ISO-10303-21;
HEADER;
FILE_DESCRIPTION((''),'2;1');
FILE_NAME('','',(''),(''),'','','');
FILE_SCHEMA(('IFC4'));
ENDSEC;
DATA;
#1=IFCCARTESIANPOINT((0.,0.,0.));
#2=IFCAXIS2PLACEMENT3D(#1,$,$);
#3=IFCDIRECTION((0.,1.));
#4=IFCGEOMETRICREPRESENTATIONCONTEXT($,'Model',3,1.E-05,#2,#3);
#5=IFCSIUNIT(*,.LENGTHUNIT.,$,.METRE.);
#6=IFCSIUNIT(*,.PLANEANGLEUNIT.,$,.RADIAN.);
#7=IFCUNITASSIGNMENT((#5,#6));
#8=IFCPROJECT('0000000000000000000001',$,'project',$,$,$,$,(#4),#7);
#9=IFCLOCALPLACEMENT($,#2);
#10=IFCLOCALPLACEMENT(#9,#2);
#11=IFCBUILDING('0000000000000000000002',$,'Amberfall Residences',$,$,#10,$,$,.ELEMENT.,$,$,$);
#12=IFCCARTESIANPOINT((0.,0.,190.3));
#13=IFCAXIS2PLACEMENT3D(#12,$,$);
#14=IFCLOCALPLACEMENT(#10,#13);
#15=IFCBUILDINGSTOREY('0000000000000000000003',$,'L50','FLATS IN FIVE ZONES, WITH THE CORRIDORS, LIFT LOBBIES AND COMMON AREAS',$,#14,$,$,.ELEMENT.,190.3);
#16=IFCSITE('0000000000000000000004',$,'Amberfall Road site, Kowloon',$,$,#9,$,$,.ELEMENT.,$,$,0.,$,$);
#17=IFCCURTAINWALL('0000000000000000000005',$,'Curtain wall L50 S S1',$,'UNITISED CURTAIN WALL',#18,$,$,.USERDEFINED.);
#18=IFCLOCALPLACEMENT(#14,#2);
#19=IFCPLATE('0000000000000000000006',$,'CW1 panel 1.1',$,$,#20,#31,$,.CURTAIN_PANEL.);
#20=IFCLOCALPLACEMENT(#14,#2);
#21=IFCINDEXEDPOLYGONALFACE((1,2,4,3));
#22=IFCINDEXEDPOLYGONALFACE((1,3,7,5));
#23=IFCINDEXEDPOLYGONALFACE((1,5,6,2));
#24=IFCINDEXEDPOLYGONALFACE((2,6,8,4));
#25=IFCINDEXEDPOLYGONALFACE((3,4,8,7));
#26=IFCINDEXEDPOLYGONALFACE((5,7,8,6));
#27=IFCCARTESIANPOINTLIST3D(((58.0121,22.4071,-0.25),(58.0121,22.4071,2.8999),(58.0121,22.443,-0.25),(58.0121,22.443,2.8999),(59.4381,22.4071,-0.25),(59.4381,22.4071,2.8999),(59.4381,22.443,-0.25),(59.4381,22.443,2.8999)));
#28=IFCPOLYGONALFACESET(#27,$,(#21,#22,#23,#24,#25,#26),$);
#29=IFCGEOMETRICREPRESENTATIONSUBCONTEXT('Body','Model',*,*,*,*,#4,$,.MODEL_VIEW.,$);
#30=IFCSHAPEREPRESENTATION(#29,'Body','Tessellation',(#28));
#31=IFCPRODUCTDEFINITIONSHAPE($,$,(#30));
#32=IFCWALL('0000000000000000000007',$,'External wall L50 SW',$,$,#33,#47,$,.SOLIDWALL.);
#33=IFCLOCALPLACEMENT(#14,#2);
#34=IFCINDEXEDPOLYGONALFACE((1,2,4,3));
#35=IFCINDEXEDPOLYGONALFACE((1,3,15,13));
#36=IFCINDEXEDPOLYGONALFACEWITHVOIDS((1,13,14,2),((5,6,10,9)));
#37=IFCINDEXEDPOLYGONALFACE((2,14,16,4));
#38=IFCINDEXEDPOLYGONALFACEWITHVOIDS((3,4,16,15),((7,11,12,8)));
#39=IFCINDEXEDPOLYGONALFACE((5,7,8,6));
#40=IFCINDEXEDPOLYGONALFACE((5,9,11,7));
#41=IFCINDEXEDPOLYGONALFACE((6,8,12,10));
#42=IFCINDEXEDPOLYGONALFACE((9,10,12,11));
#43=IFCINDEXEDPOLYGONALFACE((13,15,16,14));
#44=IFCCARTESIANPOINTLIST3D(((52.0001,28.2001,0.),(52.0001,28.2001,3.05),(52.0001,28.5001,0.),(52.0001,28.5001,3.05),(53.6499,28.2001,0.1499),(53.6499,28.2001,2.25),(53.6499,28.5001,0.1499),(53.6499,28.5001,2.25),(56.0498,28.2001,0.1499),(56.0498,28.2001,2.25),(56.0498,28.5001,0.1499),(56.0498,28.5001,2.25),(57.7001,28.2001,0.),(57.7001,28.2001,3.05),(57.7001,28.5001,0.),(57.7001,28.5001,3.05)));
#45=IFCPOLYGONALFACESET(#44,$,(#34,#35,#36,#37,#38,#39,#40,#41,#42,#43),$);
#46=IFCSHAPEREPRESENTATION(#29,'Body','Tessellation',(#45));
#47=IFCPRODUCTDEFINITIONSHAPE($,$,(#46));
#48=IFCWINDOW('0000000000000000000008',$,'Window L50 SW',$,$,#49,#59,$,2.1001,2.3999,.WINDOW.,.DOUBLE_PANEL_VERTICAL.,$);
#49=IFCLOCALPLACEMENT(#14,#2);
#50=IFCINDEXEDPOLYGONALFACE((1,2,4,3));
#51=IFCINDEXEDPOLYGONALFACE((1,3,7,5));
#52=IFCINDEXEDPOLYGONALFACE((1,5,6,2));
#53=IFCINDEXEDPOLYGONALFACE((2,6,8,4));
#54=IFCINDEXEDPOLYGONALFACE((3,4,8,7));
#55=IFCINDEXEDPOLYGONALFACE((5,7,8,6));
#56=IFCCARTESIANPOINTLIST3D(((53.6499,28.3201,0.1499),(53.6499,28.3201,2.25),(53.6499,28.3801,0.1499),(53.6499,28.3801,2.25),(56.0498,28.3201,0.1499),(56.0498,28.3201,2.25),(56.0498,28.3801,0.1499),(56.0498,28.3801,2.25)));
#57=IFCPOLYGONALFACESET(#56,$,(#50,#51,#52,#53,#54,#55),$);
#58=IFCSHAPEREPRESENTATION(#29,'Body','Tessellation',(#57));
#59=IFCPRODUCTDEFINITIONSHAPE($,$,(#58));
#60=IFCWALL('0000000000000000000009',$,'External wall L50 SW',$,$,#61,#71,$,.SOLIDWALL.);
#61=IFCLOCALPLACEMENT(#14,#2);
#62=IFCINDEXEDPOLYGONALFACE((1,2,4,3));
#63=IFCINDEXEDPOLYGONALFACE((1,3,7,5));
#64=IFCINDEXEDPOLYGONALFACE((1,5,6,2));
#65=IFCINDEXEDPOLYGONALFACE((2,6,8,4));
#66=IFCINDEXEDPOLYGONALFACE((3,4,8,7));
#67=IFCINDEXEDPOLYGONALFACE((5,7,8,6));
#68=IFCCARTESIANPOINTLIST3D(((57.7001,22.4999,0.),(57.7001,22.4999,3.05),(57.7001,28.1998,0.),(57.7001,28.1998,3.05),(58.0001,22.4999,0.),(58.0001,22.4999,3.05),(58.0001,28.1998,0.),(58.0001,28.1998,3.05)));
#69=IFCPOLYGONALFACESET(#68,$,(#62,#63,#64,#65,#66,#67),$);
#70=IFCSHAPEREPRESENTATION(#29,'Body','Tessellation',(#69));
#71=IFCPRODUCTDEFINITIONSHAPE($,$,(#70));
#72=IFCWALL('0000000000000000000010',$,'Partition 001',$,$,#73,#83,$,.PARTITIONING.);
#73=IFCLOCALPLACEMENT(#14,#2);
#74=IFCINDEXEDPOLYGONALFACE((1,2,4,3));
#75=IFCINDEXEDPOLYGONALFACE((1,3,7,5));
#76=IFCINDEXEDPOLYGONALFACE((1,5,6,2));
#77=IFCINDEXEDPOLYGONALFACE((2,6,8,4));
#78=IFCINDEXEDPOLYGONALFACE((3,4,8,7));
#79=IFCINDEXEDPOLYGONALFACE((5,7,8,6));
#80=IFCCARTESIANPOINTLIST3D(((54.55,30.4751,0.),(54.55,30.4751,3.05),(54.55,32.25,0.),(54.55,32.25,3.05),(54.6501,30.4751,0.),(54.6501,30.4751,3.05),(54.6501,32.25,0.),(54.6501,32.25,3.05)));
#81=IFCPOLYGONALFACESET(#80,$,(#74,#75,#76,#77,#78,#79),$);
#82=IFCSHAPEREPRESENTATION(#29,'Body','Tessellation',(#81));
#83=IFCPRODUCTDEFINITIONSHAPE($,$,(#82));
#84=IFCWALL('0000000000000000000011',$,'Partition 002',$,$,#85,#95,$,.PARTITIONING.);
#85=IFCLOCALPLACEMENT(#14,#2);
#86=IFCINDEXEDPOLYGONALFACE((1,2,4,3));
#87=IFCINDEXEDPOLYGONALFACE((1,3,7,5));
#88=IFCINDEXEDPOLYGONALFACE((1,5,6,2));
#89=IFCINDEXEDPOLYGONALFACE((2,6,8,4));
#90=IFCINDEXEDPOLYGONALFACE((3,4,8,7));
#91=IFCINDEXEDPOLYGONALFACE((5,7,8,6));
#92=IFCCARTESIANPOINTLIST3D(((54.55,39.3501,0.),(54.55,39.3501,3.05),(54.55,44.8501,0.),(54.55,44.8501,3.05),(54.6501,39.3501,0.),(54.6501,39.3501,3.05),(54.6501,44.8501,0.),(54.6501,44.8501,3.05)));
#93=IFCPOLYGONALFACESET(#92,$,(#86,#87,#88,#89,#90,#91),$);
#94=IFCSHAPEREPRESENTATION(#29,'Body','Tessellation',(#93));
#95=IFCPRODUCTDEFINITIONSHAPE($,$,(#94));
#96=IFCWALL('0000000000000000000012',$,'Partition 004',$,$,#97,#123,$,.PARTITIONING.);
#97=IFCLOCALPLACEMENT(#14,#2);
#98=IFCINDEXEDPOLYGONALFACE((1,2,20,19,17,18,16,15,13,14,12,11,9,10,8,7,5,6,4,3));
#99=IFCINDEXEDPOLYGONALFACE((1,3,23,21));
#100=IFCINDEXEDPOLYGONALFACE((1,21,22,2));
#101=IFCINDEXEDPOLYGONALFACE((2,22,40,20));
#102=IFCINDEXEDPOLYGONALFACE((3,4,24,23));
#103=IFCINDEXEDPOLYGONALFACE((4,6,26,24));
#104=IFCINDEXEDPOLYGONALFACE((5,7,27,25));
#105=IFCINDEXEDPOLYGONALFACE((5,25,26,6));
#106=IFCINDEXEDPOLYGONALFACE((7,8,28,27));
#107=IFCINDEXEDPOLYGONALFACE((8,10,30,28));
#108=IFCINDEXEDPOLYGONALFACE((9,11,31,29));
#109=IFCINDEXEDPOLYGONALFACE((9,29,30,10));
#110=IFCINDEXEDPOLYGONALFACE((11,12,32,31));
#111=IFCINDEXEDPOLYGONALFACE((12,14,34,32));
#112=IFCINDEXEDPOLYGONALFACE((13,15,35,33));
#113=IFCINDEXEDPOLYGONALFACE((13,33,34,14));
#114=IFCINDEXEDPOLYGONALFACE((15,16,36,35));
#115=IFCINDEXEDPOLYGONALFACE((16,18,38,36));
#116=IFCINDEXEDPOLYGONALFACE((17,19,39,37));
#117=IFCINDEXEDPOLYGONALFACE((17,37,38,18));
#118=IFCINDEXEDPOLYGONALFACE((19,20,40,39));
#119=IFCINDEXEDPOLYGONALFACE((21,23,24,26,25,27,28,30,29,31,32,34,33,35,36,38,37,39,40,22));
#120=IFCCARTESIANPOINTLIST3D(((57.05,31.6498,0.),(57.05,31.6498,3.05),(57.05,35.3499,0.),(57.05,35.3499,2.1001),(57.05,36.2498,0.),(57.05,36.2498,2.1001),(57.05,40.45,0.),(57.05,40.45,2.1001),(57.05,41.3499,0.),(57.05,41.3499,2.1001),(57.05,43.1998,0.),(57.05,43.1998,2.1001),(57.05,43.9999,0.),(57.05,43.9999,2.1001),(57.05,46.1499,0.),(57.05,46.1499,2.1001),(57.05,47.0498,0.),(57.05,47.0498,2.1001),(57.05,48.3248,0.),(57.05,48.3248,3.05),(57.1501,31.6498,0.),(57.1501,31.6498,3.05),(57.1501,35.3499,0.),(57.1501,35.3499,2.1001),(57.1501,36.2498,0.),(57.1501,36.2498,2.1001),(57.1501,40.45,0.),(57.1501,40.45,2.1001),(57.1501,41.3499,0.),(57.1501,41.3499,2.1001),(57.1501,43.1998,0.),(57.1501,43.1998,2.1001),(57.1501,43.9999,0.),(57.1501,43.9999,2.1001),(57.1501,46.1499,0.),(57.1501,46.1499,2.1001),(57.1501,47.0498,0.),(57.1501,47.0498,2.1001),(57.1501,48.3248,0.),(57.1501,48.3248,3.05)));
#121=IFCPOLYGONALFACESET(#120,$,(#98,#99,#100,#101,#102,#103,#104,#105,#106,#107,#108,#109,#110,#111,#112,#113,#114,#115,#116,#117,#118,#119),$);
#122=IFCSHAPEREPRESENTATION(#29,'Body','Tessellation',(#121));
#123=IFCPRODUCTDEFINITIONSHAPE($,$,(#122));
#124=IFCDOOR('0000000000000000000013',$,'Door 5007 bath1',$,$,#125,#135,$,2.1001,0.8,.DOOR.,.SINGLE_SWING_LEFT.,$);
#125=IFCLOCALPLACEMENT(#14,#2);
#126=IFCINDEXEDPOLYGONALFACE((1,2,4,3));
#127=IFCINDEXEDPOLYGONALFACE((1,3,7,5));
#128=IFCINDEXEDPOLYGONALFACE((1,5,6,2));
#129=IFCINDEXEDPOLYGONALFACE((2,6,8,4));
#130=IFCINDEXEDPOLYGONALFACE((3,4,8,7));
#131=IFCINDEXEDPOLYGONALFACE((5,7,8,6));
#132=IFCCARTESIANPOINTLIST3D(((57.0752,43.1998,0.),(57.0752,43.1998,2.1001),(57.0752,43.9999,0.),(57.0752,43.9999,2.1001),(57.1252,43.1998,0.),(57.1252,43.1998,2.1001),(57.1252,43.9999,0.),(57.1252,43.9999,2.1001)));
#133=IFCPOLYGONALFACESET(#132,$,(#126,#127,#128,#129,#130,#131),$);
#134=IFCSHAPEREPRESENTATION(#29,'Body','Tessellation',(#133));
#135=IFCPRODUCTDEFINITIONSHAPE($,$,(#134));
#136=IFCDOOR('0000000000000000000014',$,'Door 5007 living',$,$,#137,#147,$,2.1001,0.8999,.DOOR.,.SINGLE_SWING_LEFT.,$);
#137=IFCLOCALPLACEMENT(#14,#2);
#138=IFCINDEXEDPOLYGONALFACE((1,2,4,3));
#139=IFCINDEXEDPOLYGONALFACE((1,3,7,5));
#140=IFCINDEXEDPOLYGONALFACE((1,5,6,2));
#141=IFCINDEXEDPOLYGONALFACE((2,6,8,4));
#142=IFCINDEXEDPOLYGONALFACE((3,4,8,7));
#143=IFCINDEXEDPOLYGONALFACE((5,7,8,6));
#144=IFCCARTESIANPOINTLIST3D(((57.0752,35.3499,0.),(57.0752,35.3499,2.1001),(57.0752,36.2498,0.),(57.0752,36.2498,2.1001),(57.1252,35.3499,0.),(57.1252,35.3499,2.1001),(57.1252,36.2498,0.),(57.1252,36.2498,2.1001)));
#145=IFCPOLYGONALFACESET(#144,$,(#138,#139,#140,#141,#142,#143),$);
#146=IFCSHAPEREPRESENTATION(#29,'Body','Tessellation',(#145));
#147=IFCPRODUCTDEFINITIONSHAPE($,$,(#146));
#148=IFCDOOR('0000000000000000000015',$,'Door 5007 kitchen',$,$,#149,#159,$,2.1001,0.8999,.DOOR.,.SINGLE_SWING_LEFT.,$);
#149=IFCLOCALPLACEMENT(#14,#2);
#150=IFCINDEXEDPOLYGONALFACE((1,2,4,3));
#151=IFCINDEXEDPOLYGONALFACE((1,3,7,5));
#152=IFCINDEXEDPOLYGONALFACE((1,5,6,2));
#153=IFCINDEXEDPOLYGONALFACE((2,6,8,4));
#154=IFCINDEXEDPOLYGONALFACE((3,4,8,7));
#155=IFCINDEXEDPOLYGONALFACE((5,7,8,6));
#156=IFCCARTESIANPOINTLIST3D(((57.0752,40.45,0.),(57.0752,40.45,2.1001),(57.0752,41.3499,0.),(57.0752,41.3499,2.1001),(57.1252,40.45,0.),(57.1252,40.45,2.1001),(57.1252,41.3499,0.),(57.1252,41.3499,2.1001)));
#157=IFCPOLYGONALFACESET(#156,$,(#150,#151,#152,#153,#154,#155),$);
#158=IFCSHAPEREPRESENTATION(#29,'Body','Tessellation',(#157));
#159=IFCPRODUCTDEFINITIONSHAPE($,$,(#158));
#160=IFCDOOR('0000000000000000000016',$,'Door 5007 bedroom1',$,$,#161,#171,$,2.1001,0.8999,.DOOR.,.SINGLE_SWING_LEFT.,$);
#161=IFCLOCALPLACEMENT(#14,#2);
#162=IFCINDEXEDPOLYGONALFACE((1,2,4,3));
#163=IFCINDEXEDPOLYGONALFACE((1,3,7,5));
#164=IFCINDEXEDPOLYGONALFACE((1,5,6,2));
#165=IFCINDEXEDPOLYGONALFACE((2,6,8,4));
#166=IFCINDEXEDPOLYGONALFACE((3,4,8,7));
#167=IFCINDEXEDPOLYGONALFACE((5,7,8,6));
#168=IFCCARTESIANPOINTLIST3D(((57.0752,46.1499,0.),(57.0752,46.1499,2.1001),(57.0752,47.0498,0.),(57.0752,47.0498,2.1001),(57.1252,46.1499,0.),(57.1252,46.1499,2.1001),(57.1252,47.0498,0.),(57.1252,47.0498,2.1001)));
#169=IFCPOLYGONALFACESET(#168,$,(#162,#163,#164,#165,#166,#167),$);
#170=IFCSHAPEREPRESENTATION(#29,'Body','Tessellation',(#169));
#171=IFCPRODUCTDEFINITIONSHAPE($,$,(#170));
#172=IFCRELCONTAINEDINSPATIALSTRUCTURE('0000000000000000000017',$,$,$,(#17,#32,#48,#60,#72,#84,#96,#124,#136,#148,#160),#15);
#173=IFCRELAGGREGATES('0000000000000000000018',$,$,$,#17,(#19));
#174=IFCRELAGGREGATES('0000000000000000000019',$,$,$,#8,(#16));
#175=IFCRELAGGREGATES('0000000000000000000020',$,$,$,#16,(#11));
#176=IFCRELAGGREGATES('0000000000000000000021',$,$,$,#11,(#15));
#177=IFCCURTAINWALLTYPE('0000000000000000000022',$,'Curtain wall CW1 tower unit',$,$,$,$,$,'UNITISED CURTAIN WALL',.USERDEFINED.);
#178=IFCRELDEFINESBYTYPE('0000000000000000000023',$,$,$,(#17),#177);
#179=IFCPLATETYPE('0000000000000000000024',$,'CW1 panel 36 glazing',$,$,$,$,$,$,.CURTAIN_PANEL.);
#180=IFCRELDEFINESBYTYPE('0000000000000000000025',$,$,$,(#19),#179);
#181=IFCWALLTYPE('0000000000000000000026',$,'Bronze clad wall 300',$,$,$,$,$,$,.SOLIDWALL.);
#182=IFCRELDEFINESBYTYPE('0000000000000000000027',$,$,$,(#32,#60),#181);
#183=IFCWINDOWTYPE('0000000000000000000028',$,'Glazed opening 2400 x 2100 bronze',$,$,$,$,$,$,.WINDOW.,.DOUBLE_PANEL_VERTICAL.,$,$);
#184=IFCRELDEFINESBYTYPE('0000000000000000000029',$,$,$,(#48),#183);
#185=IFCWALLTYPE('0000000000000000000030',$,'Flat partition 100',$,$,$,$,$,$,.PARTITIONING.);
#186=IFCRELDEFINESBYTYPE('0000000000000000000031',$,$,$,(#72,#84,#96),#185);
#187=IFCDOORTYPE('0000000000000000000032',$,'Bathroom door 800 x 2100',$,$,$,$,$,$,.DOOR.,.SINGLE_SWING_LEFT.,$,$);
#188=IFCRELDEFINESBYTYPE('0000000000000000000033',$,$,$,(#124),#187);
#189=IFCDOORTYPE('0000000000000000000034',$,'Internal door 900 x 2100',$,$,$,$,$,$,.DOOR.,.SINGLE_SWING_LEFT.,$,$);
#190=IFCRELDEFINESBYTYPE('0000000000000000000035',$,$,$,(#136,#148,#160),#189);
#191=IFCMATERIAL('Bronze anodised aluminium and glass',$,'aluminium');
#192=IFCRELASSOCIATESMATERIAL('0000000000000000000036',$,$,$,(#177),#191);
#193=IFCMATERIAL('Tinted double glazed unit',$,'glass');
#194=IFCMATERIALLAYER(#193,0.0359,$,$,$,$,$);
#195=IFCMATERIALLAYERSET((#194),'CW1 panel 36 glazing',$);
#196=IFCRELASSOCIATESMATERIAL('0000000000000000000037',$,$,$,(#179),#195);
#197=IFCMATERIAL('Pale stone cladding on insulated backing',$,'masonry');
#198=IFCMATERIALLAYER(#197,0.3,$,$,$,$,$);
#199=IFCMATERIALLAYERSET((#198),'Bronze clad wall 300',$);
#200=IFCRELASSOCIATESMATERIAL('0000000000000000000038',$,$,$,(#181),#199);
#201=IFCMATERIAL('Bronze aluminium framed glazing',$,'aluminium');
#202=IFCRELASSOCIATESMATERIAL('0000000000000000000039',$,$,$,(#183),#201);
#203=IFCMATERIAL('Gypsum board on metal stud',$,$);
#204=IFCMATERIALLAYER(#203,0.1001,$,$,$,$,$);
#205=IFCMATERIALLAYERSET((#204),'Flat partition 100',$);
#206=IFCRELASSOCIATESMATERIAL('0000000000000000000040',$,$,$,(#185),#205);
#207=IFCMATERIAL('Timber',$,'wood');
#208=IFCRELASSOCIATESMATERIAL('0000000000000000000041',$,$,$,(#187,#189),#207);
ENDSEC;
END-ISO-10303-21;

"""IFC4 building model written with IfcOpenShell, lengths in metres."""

from ifc_helpers import new_model, si_unit, direction, frame, frame_2d, origin, origin_2d, place, context, subcontext, project, spatial, rectangle, extrude, material, layer, layer_set, type_object, element, fill, aggregate, save


model = new_model("IFC4")

# Units and contexts
model_context = context("Model", 3, precision=1e-05, world=origin(), true_north=direction((0.0, 1.0)))
body_context = subcontext(model_context, "Body", "Model", "MODEL_VIEW")
ifc_project = project(units=[si_unit("LENGTHUNIT", "METRE"), si_unit("PLANEANGLEUNIT", "RADIAN")], contexts=[model_context])

# Site, building, storey
site_placement = place(None, origin())
site = spatial("IfcSite", under=ifc_project, at=site_placement, Name="Amberfall Road site, Kowloon", CompositionType="ELEMENT", RefElevation=0.0)
building_placement = place(site_placement, origin())
building = spatial("IfcBuilding", under=site, at=building_placement, Name="Amberfall Residences", CompositionType="ELEMENT")
storey_placement = place(building_placement, frame((0.0, 0.0, 190.3)))
storey = spatial("IfcBuildingStorey", under=building, at=storey_placement, Name="L50", Description="FLATS IN FIVE ZONES, WITH THE CORRIDORS, LIFT LOBBIES AND COMMON AREAS", CompositionType="ELEMENT", Elevation=190.3)

# Curtain wall
ifc_material_1 = material(Name="Bronze anodised aluminium and glass", Category="aluminium")
curtain_wall_type = type_object("IfcCurtainWallType", Name="Curtain wall CW1 tower unit", ElementType="UNITISED CURTAIN WALL", PredefinedType="USERDEFINED", material=ifc_material_1)
curtain_wall_placement = place(storey_placement, origin())
curtain_wall = element("IfcCurtainWall", 1, at=curtain_wall_placement, inside=storey, type_object=curtain_wall_type, Name="Curtain wall L50 S S1", ObjectType="UNITISED CURTAIN WALL", PredefinedType="USERDEFINED")

# Plate
ifc_material_2 = material(Name="Tinted double glazed unit", Category="glass")
ifc_layer_1 = layer(ifc_material_2, 0.0359)
ifc_layer_set_1 = layer_set([ifc_layer_1], Name="CW1 panel 36 glazing")
plate_type = type_object("IfcPlateType", Name="CW1 panel 36 glazing", PredefinedType="CURTAIN_PANEL", material=ifc_layer_set_1)
plate_placement = place(storey_placement, frame((58.7251, 22.425, -0.25), z_axis=(0.0, 0.0, 1.0), x_axis=(1.0, 0.0, 0.0)))
plate = element("IfcPlate", 2, at=plate_placement, type_object=plate_type, Name="CW1 panel 1.1", PredefinedType="CURTAIN_PANEL", context=body_context, shape_type="SweptSolid", body=[
    extrude(rectangle(XDim=1.426, YDim=0.0359, at=origin_2d()), origin(), (0.0, 0.0, 1.0), 3.1499),
])
aggregate(curtain_wall, [plate])

# Wall, opening, window
ifc_material_3 = material(Name="Pale stone cladding on insulated backing", Category="masonry")
ifc_layer_2 = layer(ifc_material_3, 0.3)
ifc_layer_set_2 = layer_set([ifc_layer_2], Name="Bronze clad wall 300")
wall_type_1 = type_object("IfcWallType", Name="Bronze clad wall 300", PredefinedType="SOLIDWALL", material=ifc_layer_set_2)
wall_1_placement = place(storey_placement, frame((52.0, 28.3501, 0.0), z_axis=(0.0, 0.0, 1.0), x_axis=(1.0, 0.0, 0.0)))
wall_1 = element("IfcWall", 3, at=wall_1_placement, inside=storey, type_object=wall_type_1, Name="External wall L50 SW", PredefinedType="SOLIDWALL", context=body_context, shape_type="SweptSolid", body=[
    extrude(rectangle(XDim=5.7, YDim=0.3, at=frame_2d((2.8501, 0.0))), origin(), (0.0, 0.0, 1.0), 3.05),
])
opening_1_placement = place(wall_1_placement, frame((1.6499, 0.0, 0.1499)))
opening_1 = element("IfcOpeningElement", 4, at=opening_1_placement, cuts=wall_1, PredefinedType="OPENING", context=body_context, shape_type="SweptSolid", body=[
    extrude(rectangle(XDim=2.3999, YDim=2.1001, at=frame_2d((1.2, 1.05))), frame((0.0, 0.1599, 0.0), z_axis=(0.0, -1.0, 0.0), x_axis=(1.0, 0.0, 0.0)), (0.0, 0.0, 1.0), 0.3201),
])
ifc_material_4 = material(Name="Bronze aluminium framed glazing", Category="aluminium")
window_type = type_object("IfcWindowType", Name="Glazed opening 2400 x 2100 bronze", PartitioningType="DOUBLE_PANEL_VERTICAL", PredefinedType="WINDOW", material=ifc_material_4)
window_placement = place(opening_1_placement, origin())
window = element("IfcWindow", 5, at=window_placement, inside=storey, type_object=window_type, Name="Window L50 SW", OverallHeight=2.1001, OverallWidth=2.3999, PartitioningType="DOUBLE_PANEL_VERTICAL", PredefinedType="WINDOW", context=body_context, shape_type="SweptSolid", body=[
    extrude(rectangle(XDim=2.3999, YDim=2.1001, at=frame_2d((1.2, 1.05))), frame((0.0, 0.03, 0.0), z_axis=(0.0, -1.0, 0.0), x_axis=(1.0, 0.0, 0.0)), (0.0, 0.0, 1.0), 0.0601),
])
fill(opening_1, window)

# Walls
wall_2_placement = place(storey_placement, frame((57.8501, 28.2, 0.0), z_axis=(0.0, 0.0, 1.0), x_axis=(0.0, -1.0, 0.0)))
element("IfcWall", 6, at=wall_2_placement, inside=storey, type_object=wall_type_1, Name="External wall L50 SW", PredefinedType="SOLIDWALL", context=body_context, shape_type="SweptSolid", body=[
    extrude(rectangle(XDim=5.7, YDim=0.3, at=frame_2d((2.8501, 0.0))), origin(), (0.0, 0.0, 1.0), 3.05),
])
ifc_material_5 = material(Name="Gypsum board on metal stud")
ifc_layer_3 = layer(ifc_material_5, 0.1001)
ifc_layer_set_3 = layer_set([ifc_layer_3], Name="Flat partition 100")
wall_type_2 = type_object("IfcWallType", Name="Flat partition 100", PredefinedType="PARTITIONING", material=ifc_layer_set_3)
wall_3_placement = place(storey_placement, frame((54.6001, 30.4751, 0.0), z_axis=(0.0, 0.0, 1.0), x_axis=(0.0, 1.0, 0.0)))
element("IfcWall", 7, at=wall_3_placement, inside=storey, type_object=wall_type_2, Name="Partition 001", PredefinedType="PARTITIONING", context=body_context, shape_type="SweptSolid", body=[
    extrude(rectangle(XDim=1.7749, YDim=0.1001, at=frame_2d((0.8875, 0.0))), origin(), (0.0, 0.0, 1.0), 3.05),
])
wall_4_placement = place(storey_placement, frame((54.6001, 39.3501, 0.0), z_axis=(0.0, 0.0, 1.0), x_axis=(0.0, 1.0, 0.0)))
element("IfcWall", 8, at=wall_4_placement, inside=storey, type_object=wall_type_2, Name="Partition 002", PredefinedType="PARTITIONING", context=body_context, shape_type="SweptSolid", body=[
    extrude(rectangle(XDim=5.5, YDim=0.1001, at=frame_2d((2.75, 0.0))), origin(), (0.0, 0.0, 1.0), 3.05),
])

# Wall, openings, doors
wall_5_placement = place(storey_placement, frame((57.1001, 31.6499, 0.0), z_axis=(0.0, 0.0, 1.0), x_axis=(0.0, 1.0, 0.0)))
wall_5 = element("IfcWall", 9, at=wall_5_placement, inside=storey, type_object=wall_type_2, Name="Partition 004", PredefinedType="PARTITIONING", context=body_context, shape_type="SweptSolid", body=[
    extrude(rectangle(XDim=16.675, YDim=0.1001, at=frame_2d((8.3374, 0.0))), origin(), (0.0, 0.0, 1.0), 3.05),
])
opening_2_placement = place(wall_5_placement, frame((3.7, 0.0, 0.0)))
opening_2 = element("IfcOpeningElement", 10, at=opening_2_placement, cuts=wall_5, PredefinedType="OPENING", context=body_context, shape_type="SweptSolid", body=[
    extrude(rectangle(XDim=0.8999, YDim=2.1001, at=frame_2d((0.45, 1.05))), frame((0.0, 0.0601, 0.0), z_axis=(0.0, -1.0, 0.0), x_axis=(1.0, 0.0, 0.0)), (0.0, 0.0, 1.0), 0.1201),
])
opening_3_placement = place(wall_5_placement, frame((8.8, 0.0, 0.0)))
opening_3 = element("IfcOpeningElement", 11, at=opening_3_placement, cuts=wall_5, PredefinedType="OPENING", context=body_context, shape_type="SweptSolid", body=[
    extrude(rectangle(XDim=0.8999, YDim=2.1001, at=frame_2d((0.45, 1.05))), frame((0.0, 0.0601, 0.0), z_axis=(0.0, -1.0, 0.0), x_axis=(1.0, 0.0, 0.0)), (0.0, 0.0, 1.0), 0.1201),
])
opening_4_placement = place(wall_5_placement, frame((14.5, 0.0, 0.0)))
opening_4 = element("IfcOpeningElement", 12, at=opening_4_placement, cuts=wall_5, PredefinedType="OPENING", context=body_context, shape_type="SweptSolid", body=[
    extrude(rectangle(XDim=0.8999, YDim=2.1001, at=frame_2d((0.45, 1.05))), frame((0.0, 0.0601, 0.0), z_axis=(0.0, -1.0, 0.0), x_axis=(1.0, 0.0, 0.0)), (0.0, 0.0, 1.0), 0.1201),
])
opening_5_placement = place(wall_5_placement, frame((11.55, 0.0, 0.0)))
opening_5 = element("IfcOpeningElement", 13, at=opening_5_placement, cuts=wall_5, PredefinedType="OPENING", context=body_context, shape_type="SweptSolid", body=[
    extrude(rectangle(XDim=0.8, YDim=2.1001, at=frame_2d((0.3999, 1.05))), frame((0.0, 0.0601, 0.0), z_axis=(0.0, -1.0, 0.0), x_axis=(1.0, 0.0, 0.0)), (0.0, 0.0, 1.0), 0.1201),
])
ifc_material_6 = material(Name="Timber", Category="wood")
door_type_1 = type_object("IfcDoorType", Name="Bathroom door 800 x 2100", OperationType="SINGLE_SWING_LEFT", PredefinedType="DOOR", material=ifc_material_6)
door_1_placement = place(opening_5_placement, origin())
door_1 = element("IfcDoor", 14, at=door_1_placement, inside=storey, type_object=door_type_1, Name="Door 5007 bath1", OperationType="SINGLE_SWING_LEFT", OverallHeight=2.1001, OverallWidth=0.8, PredefinedType="DOOR", context=body_context, shape_type="SweptSolid", body=[
    extrude(rectangle(XDim=0.8, YDim=2.1001, at=frame_2d((0.3999, 1.05))), frame((0.0, 0.0249, 0.0), z_axis=(0.0, -1.0, 0.0), x_axis=(1.0, 0.0, 0.0)), (0.0, 0.0, 1.0), 0.05),
])
fill(opening_5, door_1)
door_type_2 = type_object("IfcDoorType", Name="Internal door 900 x 2100", OperationType="SINGLE_SWING_LEFT", PredefinedType="DOOR", material=ifc_material_6)
door_2_placement = place(opening_2_placement, origin())
door_2 = element("IfcDoor", 15, at=door_2_placement, inside=storey, type_object=door_type_2, Name="Door 5007 living", OperationType="SINGLE_SWING_LEFT", OverallHeight=2.1001, OverallWidth=0.8999, PredefinedType="DOOR", context=body_context, shape_type="SweptSolid", body=[
    extrude(rectangle(XDim=0.8999, YDim=2.1001, at=frame_2d((0.45, 1.05))), frame((0.0, 0.0249, 0.0), z_axis=(0.0, -1.0, 0.0), x_axis=(1.0, 0.0, 0.0)), (0.0, 0.0, 1.0), 0.05),
])
fill(opening_2, door_2)
door_3_placement = place(opening_3_placement, origin())
door_3 = element("IfcDoor", 16, at=door_3_placement, inside=storey, type_object=door_type_2, Name="Door 5007 kitchen", OperationType="SINGLE_SWING_LEFT", OverallHeight=2.1001, OverallWidth=0.8999, PredefinedType="DOOR", context=body_context, shape_type="SweptSolid", body=[
    extrude(rectangle(XDim=0.8999, YDim=2.1001, at=frame_2d((0.45, 1.05))), frame((0.0, 0.0249, 0.0), z_axis=(0.0, -1.0, 0.0), x_axis=(1.0, 0.0, 0.0)), (0.0, 0.0, 1.0), 0.05),
])
fill(opening_3, door_3)
door_4_placement = place(opening_4_placement, origin())
door_4 = element("IfcDoor", 17, at=door_4_placement, inside=storey, type_object=door_type_2, Name="Door 5007 bedroom1", OperationType="SINGLE_SWING_LEFT", OverallHeight=2.1001, OverallWidth=0.8999, PredefinedType="DOOR", context=body_context, shape_type="SweptSolid", body=[
    extrude(rectangle(XDim=0.8999, YDim=2.1001, at=frame_2d((0.45, 1.05))), frame((0.0, 0.0249, 0.0), z_axis=(0.0, -1.0, 0.0), x_axis=(1.0, 0.0, 0.0)), (0.0, 0.0, 1.0), 0.05),
])
fill(opening_4, door_4)

save(model, "model.ifc")
